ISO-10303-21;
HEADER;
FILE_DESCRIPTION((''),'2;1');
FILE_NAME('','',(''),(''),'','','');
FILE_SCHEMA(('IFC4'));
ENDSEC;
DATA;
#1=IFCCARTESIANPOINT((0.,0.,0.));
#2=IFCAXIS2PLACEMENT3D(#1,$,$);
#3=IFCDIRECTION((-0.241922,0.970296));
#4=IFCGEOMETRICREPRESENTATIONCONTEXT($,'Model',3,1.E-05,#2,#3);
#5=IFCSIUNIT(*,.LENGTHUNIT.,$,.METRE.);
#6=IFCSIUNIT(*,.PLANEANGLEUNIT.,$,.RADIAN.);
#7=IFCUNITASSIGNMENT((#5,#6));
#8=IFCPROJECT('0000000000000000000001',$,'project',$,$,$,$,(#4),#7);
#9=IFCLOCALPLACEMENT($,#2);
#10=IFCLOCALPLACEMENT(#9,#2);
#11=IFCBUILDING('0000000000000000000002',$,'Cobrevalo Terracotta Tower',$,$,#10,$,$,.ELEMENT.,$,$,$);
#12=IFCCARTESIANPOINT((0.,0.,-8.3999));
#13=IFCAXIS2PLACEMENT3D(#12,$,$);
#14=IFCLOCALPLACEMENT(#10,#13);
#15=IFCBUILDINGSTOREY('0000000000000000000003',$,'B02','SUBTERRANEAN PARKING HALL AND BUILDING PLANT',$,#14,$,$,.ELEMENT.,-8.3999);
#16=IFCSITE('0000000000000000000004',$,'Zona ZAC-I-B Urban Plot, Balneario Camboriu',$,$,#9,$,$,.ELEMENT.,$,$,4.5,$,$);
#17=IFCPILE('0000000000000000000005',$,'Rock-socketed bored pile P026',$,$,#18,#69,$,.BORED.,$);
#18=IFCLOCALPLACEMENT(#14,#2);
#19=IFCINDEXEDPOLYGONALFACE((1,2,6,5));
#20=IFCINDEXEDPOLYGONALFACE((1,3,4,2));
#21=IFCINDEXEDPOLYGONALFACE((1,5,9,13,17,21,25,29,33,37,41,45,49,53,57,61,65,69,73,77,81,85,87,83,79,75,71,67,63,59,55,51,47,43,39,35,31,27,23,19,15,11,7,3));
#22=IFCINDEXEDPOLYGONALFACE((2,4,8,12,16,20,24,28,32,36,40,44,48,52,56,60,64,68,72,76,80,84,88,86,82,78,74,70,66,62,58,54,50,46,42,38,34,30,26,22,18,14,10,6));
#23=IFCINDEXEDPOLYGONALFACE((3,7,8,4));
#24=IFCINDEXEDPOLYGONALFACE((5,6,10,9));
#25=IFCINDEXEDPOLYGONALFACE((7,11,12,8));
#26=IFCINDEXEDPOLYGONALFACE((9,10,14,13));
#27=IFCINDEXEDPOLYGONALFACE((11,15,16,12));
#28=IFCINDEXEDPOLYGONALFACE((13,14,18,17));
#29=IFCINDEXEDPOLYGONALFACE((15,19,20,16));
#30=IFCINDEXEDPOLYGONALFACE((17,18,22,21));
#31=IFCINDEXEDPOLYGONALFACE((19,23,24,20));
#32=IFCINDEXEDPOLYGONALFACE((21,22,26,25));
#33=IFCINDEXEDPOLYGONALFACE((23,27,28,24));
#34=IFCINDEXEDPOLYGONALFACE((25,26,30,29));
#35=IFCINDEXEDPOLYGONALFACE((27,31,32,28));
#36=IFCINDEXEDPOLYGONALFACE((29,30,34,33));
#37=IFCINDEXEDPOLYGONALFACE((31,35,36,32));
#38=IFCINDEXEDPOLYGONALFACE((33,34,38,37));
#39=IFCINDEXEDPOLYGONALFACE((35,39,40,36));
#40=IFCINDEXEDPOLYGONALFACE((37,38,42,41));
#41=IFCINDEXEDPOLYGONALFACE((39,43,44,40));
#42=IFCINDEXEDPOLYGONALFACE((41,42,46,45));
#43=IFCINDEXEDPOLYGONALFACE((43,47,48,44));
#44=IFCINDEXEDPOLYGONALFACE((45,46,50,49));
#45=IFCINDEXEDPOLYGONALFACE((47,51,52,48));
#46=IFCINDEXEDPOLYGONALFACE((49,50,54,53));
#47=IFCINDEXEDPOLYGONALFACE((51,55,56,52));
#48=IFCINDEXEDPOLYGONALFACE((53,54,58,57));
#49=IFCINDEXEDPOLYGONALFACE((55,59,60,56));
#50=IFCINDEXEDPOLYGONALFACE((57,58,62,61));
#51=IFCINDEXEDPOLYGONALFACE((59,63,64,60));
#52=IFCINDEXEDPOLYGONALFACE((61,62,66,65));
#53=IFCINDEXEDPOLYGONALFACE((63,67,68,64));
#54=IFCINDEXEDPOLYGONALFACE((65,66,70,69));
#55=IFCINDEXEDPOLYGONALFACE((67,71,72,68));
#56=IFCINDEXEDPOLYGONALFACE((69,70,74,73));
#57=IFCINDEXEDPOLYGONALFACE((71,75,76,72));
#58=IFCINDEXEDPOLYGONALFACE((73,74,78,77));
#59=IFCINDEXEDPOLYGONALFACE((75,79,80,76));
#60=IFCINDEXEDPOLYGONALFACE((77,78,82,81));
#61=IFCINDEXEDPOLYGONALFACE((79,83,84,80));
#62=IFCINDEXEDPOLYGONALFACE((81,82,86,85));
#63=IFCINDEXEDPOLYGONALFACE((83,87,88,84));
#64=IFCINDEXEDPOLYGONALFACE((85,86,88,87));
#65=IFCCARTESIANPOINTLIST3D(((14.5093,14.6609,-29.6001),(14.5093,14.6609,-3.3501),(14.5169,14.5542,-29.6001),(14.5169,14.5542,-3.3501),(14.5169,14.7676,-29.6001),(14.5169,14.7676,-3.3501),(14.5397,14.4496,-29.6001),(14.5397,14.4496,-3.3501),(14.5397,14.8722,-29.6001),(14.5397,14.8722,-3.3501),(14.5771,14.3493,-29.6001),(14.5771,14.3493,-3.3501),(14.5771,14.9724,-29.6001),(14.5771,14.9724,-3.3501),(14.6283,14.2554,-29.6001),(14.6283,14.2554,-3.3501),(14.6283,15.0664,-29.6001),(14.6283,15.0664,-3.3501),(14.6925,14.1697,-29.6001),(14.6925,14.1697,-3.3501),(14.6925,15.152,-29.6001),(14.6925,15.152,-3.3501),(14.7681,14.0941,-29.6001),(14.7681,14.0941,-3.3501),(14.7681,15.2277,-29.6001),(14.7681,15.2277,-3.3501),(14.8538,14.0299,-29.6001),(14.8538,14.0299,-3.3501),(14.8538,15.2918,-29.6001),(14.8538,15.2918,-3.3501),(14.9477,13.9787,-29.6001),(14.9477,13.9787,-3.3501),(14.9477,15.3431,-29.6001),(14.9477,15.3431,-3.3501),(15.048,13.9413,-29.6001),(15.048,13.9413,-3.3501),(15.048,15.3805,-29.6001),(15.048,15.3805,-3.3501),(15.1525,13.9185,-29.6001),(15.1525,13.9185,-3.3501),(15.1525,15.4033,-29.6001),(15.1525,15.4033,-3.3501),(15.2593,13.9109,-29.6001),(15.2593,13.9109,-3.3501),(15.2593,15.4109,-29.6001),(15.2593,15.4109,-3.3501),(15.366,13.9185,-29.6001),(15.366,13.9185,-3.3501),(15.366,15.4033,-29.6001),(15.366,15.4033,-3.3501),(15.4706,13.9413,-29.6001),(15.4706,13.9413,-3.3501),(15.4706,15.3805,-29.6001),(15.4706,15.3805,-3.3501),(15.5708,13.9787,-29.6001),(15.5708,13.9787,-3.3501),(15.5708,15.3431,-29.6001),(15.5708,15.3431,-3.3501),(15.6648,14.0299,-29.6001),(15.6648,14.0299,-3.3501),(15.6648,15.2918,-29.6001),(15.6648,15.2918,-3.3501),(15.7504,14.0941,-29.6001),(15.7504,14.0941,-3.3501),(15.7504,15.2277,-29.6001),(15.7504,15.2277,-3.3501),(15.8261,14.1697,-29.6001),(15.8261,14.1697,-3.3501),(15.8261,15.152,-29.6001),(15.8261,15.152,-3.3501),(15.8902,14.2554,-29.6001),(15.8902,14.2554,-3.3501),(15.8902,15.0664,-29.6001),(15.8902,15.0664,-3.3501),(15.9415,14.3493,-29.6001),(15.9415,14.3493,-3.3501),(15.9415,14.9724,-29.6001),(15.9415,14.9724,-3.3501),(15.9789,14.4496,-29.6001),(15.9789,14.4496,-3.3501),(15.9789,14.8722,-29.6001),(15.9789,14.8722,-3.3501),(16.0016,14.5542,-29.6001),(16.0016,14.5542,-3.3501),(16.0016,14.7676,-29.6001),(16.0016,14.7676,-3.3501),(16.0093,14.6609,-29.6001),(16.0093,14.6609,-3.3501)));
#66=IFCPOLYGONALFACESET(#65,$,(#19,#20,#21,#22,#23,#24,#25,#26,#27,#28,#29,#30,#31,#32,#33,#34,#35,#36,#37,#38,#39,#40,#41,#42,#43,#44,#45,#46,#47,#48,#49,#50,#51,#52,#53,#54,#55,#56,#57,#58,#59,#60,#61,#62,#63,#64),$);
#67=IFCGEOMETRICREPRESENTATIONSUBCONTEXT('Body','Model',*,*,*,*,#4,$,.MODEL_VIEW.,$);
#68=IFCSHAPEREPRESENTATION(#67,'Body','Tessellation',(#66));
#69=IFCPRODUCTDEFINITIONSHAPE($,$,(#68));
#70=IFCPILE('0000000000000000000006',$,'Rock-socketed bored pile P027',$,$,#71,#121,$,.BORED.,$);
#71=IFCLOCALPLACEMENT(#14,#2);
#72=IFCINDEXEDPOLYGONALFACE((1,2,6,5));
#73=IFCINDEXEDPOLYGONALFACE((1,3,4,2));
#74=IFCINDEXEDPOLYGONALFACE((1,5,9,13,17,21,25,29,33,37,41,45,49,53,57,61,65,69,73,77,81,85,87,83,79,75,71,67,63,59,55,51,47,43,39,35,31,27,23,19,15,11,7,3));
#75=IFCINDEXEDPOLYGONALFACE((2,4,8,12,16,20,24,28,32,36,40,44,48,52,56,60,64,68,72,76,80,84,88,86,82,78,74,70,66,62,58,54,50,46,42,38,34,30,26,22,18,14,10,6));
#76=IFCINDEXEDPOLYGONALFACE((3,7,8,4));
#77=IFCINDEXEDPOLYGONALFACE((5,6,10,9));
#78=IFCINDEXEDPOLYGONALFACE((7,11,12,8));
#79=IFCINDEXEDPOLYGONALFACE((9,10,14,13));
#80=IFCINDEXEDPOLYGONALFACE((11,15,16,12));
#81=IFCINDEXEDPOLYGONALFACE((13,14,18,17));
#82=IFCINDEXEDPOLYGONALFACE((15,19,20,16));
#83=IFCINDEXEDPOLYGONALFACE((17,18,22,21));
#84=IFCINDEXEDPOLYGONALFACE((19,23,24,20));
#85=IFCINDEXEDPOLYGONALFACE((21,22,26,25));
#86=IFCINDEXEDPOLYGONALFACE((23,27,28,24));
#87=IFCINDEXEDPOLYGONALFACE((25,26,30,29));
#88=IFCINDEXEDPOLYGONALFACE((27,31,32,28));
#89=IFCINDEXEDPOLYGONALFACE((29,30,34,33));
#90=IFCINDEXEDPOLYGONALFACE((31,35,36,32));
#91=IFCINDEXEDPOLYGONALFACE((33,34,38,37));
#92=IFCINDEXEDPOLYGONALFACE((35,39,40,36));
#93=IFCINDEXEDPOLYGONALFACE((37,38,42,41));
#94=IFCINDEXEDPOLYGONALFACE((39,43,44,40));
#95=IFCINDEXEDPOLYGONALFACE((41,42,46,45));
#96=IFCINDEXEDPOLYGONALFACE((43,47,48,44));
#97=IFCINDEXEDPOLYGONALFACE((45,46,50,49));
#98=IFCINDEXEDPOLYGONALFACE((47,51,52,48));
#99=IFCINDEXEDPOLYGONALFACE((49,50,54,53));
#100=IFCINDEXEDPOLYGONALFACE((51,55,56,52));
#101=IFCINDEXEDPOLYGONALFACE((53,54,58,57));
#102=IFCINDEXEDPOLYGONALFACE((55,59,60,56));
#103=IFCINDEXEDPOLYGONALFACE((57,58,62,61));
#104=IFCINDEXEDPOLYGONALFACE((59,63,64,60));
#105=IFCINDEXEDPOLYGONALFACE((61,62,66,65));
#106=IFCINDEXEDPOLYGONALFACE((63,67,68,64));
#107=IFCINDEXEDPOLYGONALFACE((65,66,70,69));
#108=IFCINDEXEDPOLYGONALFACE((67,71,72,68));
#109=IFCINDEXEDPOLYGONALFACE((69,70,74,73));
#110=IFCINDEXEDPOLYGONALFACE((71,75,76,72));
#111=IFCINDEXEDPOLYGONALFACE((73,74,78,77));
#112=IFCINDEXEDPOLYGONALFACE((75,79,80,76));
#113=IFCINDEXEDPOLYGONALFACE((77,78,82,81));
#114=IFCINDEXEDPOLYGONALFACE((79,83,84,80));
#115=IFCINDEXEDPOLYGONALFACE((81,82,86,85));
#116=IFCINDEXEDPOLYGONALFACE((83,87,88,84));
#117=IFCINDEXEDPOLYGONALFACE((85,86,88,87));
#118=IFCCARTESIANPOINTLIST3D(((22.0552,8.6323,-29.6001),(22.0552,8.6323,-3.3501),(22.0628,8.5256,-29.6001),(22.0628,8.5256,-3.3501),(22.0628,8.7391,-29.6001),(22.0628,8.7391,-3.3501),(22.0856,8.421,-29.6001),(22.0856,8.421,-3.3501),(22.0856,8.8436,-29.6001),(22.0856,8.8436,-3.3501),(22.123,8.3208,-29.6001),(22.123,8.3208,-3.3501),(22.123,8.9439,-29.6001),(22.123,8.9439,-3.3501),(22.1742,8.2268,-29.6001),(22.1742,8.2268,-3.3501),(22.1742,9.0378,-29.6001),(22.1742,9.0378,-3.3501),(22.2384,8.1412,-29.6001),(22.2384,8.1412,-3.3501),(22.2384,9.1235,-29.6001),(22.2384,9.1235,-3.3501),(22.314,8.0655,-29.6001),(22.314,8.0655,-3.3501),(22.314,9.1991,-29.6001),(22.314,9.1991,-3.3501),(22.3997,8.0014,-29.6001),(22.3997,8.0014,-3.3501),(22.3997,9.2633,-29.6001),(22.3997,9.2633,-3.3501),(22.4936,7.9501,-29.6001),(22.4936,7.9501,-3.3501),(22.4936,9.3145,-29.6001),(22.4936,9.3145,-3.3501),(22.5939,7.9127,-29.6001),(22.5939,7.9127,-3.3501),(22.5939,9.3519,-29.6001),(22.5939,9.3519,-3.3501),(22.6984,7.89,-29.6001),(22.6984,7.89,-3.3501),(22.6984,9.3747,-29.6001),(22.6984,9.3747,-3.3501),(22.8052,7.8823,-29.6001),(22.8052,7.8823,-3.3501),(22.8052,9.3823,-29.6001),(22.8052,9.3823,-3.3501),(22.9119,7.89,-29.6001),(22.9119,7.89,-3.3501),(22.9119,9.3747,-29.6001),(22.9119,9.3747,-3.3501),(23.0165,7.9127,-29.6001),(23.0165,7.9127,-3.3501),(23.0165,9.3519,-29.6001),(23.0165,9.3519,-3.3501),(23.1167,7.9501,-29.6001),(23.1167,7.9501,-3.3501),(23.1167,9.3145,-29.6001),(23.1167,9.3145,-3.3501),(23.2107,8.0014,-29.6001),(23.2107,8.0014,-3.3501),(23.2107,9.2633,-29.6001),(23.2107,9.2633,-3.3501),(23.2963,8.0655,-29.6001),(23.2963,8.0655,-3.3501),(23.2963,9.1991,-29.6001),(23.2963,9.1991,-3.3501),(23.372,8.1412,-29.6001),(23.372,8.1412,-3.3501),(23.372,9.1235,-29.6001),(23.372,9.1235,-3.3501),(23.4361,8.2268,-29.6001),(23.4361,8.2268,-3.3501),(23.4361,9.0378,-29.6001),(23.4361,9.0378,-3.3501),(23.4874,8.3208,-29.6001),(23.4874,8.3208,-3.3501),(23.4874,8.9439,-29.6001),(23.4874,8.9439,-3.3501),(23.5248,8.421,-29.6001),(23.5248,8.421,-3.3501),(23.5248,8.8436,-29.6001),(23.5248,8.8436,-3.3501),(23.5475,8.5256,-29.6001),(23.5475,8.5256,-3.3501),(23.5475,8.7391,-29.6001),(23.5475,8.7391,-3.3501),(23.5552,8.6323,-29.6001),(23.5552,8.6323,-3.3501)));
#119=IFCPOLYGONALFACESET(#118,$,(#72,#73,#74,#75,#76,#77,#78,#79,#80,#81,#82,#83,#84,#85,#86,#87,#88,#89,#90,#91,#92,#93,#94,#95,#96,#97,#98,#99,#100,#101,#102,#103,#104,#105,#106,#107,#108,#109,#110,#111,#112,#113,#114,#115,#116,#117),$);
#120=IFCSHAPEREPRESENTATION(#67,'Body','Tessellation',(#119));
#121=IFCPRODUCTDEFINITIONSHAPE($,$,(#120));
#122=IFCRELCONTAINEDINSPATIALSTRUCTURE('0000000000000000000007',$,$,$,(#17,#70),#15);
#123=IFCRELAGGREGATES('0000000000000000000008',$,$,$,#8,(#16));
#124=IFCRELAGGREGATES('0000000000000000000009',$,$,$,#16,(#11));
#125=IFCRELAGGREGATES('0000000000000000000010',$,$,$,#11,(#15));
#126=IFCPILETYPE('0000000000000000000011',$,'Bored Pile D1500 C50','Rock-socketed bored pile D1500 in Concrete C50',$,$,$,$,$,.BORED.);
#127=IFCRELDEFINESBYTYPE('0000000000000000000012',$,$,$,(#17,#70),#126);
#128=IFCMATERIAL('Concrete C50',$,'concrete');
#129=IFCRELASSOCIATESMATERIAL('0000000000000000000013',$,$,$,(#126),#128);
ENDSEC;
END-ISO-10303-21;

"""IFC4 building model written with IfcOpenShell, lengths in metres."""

from ifc_helpers import new_model, si_unit, direction, frame, origin, origin_2d, place, context, subcontext, project, spatial, circle, extrude, material, material_profile, profile_set, type_object, element, save


model = new_model("IFC4")

# Units and contexts
model_context = context("Model", 3, precision=1e-05, world=origin(), true_north=direction((-0.241922, 0.970296)))
body_context = subcontext(model_context, "Body", "Model", "MODEL_VIEW")
ifc_project = project(units=[si_unit("LENGTHUNIT", "METRE"), si_unit("PLANEANGLEUNIT", "RADIAN")], contexts=[model_context])

# Site, building, storey
site_placement = place(None, origin())
site = spatial("IfcSite", under=ifc_project, at=site_placement, Name="Zona ZAC-I-B Urban Plot, Balneario Camboriu", CompositionType="ELEMENT", RefElevation=4.5)
building_placement = place(site_placement, origin())
building = spatial("IfcBuilding", under=site, at=building_placement, Name="Cobrevalo Terracotta Tower", CompositionType="ELEMENT")
storey_placement = place(building_placement, frame((0.0, 0.0, -8.3999)))
storey = spatial("IfcBuildingStorey", under=building, at=storey_placement, Name="B02", Description="SUBTERRANEAN PARKING HALL AND BUILDING PLANT", CompositionType="ELEMENT", Elevation=-8.3999)

# Piles
ifc_material_1 = material(Name="Concrete C50", Category="concrete")
ifc_material_profile_1 = material_profile(ifc_material_1, circle(Radius=0.75, at=origin_2d()), Name="PILE D1500")
ifc_profile_set_1 = profile_set([ifc_material_profile_1], Name="Concrete C50")
pile_type_1 = type_object("IfcPileType", Name="Bored Pile D1500 C50", Description="Rock-socketed bored pile D1500 in Concrete C50", PredefinedType="BORED", material=ifc_profile_set_1)
for number, where, z_axis, x_axis, name in (
    (1, (15.2593, 14.6609, -3.3501), (0.0, 0.0, -1.0), (1.0, 0.0, 0.0), "Rock-socketed bored pile P026"),
    (2, (22.8052, 8.6323, -3.3501), (0.0, 0.0, -1.0), (1.0, 0.0, 0.0), "Rock-socketed bored pile P027"),
):
    element("IfcPile", number, at=place(storey_placement, frame(where, z_axis=z_axis, x_axis=x_axis)), inside=storey, type_object=pile_type_1, Name=name, PredefinedType="BORED", context=body_context, shape_type="SweptSolid", body=[
        extrude(circle(Radius=0.75, at=origin_2d()), origin(), (0.0, 0.0, 1.0), 26.25),
    ])

save(model, "model.ifc")
